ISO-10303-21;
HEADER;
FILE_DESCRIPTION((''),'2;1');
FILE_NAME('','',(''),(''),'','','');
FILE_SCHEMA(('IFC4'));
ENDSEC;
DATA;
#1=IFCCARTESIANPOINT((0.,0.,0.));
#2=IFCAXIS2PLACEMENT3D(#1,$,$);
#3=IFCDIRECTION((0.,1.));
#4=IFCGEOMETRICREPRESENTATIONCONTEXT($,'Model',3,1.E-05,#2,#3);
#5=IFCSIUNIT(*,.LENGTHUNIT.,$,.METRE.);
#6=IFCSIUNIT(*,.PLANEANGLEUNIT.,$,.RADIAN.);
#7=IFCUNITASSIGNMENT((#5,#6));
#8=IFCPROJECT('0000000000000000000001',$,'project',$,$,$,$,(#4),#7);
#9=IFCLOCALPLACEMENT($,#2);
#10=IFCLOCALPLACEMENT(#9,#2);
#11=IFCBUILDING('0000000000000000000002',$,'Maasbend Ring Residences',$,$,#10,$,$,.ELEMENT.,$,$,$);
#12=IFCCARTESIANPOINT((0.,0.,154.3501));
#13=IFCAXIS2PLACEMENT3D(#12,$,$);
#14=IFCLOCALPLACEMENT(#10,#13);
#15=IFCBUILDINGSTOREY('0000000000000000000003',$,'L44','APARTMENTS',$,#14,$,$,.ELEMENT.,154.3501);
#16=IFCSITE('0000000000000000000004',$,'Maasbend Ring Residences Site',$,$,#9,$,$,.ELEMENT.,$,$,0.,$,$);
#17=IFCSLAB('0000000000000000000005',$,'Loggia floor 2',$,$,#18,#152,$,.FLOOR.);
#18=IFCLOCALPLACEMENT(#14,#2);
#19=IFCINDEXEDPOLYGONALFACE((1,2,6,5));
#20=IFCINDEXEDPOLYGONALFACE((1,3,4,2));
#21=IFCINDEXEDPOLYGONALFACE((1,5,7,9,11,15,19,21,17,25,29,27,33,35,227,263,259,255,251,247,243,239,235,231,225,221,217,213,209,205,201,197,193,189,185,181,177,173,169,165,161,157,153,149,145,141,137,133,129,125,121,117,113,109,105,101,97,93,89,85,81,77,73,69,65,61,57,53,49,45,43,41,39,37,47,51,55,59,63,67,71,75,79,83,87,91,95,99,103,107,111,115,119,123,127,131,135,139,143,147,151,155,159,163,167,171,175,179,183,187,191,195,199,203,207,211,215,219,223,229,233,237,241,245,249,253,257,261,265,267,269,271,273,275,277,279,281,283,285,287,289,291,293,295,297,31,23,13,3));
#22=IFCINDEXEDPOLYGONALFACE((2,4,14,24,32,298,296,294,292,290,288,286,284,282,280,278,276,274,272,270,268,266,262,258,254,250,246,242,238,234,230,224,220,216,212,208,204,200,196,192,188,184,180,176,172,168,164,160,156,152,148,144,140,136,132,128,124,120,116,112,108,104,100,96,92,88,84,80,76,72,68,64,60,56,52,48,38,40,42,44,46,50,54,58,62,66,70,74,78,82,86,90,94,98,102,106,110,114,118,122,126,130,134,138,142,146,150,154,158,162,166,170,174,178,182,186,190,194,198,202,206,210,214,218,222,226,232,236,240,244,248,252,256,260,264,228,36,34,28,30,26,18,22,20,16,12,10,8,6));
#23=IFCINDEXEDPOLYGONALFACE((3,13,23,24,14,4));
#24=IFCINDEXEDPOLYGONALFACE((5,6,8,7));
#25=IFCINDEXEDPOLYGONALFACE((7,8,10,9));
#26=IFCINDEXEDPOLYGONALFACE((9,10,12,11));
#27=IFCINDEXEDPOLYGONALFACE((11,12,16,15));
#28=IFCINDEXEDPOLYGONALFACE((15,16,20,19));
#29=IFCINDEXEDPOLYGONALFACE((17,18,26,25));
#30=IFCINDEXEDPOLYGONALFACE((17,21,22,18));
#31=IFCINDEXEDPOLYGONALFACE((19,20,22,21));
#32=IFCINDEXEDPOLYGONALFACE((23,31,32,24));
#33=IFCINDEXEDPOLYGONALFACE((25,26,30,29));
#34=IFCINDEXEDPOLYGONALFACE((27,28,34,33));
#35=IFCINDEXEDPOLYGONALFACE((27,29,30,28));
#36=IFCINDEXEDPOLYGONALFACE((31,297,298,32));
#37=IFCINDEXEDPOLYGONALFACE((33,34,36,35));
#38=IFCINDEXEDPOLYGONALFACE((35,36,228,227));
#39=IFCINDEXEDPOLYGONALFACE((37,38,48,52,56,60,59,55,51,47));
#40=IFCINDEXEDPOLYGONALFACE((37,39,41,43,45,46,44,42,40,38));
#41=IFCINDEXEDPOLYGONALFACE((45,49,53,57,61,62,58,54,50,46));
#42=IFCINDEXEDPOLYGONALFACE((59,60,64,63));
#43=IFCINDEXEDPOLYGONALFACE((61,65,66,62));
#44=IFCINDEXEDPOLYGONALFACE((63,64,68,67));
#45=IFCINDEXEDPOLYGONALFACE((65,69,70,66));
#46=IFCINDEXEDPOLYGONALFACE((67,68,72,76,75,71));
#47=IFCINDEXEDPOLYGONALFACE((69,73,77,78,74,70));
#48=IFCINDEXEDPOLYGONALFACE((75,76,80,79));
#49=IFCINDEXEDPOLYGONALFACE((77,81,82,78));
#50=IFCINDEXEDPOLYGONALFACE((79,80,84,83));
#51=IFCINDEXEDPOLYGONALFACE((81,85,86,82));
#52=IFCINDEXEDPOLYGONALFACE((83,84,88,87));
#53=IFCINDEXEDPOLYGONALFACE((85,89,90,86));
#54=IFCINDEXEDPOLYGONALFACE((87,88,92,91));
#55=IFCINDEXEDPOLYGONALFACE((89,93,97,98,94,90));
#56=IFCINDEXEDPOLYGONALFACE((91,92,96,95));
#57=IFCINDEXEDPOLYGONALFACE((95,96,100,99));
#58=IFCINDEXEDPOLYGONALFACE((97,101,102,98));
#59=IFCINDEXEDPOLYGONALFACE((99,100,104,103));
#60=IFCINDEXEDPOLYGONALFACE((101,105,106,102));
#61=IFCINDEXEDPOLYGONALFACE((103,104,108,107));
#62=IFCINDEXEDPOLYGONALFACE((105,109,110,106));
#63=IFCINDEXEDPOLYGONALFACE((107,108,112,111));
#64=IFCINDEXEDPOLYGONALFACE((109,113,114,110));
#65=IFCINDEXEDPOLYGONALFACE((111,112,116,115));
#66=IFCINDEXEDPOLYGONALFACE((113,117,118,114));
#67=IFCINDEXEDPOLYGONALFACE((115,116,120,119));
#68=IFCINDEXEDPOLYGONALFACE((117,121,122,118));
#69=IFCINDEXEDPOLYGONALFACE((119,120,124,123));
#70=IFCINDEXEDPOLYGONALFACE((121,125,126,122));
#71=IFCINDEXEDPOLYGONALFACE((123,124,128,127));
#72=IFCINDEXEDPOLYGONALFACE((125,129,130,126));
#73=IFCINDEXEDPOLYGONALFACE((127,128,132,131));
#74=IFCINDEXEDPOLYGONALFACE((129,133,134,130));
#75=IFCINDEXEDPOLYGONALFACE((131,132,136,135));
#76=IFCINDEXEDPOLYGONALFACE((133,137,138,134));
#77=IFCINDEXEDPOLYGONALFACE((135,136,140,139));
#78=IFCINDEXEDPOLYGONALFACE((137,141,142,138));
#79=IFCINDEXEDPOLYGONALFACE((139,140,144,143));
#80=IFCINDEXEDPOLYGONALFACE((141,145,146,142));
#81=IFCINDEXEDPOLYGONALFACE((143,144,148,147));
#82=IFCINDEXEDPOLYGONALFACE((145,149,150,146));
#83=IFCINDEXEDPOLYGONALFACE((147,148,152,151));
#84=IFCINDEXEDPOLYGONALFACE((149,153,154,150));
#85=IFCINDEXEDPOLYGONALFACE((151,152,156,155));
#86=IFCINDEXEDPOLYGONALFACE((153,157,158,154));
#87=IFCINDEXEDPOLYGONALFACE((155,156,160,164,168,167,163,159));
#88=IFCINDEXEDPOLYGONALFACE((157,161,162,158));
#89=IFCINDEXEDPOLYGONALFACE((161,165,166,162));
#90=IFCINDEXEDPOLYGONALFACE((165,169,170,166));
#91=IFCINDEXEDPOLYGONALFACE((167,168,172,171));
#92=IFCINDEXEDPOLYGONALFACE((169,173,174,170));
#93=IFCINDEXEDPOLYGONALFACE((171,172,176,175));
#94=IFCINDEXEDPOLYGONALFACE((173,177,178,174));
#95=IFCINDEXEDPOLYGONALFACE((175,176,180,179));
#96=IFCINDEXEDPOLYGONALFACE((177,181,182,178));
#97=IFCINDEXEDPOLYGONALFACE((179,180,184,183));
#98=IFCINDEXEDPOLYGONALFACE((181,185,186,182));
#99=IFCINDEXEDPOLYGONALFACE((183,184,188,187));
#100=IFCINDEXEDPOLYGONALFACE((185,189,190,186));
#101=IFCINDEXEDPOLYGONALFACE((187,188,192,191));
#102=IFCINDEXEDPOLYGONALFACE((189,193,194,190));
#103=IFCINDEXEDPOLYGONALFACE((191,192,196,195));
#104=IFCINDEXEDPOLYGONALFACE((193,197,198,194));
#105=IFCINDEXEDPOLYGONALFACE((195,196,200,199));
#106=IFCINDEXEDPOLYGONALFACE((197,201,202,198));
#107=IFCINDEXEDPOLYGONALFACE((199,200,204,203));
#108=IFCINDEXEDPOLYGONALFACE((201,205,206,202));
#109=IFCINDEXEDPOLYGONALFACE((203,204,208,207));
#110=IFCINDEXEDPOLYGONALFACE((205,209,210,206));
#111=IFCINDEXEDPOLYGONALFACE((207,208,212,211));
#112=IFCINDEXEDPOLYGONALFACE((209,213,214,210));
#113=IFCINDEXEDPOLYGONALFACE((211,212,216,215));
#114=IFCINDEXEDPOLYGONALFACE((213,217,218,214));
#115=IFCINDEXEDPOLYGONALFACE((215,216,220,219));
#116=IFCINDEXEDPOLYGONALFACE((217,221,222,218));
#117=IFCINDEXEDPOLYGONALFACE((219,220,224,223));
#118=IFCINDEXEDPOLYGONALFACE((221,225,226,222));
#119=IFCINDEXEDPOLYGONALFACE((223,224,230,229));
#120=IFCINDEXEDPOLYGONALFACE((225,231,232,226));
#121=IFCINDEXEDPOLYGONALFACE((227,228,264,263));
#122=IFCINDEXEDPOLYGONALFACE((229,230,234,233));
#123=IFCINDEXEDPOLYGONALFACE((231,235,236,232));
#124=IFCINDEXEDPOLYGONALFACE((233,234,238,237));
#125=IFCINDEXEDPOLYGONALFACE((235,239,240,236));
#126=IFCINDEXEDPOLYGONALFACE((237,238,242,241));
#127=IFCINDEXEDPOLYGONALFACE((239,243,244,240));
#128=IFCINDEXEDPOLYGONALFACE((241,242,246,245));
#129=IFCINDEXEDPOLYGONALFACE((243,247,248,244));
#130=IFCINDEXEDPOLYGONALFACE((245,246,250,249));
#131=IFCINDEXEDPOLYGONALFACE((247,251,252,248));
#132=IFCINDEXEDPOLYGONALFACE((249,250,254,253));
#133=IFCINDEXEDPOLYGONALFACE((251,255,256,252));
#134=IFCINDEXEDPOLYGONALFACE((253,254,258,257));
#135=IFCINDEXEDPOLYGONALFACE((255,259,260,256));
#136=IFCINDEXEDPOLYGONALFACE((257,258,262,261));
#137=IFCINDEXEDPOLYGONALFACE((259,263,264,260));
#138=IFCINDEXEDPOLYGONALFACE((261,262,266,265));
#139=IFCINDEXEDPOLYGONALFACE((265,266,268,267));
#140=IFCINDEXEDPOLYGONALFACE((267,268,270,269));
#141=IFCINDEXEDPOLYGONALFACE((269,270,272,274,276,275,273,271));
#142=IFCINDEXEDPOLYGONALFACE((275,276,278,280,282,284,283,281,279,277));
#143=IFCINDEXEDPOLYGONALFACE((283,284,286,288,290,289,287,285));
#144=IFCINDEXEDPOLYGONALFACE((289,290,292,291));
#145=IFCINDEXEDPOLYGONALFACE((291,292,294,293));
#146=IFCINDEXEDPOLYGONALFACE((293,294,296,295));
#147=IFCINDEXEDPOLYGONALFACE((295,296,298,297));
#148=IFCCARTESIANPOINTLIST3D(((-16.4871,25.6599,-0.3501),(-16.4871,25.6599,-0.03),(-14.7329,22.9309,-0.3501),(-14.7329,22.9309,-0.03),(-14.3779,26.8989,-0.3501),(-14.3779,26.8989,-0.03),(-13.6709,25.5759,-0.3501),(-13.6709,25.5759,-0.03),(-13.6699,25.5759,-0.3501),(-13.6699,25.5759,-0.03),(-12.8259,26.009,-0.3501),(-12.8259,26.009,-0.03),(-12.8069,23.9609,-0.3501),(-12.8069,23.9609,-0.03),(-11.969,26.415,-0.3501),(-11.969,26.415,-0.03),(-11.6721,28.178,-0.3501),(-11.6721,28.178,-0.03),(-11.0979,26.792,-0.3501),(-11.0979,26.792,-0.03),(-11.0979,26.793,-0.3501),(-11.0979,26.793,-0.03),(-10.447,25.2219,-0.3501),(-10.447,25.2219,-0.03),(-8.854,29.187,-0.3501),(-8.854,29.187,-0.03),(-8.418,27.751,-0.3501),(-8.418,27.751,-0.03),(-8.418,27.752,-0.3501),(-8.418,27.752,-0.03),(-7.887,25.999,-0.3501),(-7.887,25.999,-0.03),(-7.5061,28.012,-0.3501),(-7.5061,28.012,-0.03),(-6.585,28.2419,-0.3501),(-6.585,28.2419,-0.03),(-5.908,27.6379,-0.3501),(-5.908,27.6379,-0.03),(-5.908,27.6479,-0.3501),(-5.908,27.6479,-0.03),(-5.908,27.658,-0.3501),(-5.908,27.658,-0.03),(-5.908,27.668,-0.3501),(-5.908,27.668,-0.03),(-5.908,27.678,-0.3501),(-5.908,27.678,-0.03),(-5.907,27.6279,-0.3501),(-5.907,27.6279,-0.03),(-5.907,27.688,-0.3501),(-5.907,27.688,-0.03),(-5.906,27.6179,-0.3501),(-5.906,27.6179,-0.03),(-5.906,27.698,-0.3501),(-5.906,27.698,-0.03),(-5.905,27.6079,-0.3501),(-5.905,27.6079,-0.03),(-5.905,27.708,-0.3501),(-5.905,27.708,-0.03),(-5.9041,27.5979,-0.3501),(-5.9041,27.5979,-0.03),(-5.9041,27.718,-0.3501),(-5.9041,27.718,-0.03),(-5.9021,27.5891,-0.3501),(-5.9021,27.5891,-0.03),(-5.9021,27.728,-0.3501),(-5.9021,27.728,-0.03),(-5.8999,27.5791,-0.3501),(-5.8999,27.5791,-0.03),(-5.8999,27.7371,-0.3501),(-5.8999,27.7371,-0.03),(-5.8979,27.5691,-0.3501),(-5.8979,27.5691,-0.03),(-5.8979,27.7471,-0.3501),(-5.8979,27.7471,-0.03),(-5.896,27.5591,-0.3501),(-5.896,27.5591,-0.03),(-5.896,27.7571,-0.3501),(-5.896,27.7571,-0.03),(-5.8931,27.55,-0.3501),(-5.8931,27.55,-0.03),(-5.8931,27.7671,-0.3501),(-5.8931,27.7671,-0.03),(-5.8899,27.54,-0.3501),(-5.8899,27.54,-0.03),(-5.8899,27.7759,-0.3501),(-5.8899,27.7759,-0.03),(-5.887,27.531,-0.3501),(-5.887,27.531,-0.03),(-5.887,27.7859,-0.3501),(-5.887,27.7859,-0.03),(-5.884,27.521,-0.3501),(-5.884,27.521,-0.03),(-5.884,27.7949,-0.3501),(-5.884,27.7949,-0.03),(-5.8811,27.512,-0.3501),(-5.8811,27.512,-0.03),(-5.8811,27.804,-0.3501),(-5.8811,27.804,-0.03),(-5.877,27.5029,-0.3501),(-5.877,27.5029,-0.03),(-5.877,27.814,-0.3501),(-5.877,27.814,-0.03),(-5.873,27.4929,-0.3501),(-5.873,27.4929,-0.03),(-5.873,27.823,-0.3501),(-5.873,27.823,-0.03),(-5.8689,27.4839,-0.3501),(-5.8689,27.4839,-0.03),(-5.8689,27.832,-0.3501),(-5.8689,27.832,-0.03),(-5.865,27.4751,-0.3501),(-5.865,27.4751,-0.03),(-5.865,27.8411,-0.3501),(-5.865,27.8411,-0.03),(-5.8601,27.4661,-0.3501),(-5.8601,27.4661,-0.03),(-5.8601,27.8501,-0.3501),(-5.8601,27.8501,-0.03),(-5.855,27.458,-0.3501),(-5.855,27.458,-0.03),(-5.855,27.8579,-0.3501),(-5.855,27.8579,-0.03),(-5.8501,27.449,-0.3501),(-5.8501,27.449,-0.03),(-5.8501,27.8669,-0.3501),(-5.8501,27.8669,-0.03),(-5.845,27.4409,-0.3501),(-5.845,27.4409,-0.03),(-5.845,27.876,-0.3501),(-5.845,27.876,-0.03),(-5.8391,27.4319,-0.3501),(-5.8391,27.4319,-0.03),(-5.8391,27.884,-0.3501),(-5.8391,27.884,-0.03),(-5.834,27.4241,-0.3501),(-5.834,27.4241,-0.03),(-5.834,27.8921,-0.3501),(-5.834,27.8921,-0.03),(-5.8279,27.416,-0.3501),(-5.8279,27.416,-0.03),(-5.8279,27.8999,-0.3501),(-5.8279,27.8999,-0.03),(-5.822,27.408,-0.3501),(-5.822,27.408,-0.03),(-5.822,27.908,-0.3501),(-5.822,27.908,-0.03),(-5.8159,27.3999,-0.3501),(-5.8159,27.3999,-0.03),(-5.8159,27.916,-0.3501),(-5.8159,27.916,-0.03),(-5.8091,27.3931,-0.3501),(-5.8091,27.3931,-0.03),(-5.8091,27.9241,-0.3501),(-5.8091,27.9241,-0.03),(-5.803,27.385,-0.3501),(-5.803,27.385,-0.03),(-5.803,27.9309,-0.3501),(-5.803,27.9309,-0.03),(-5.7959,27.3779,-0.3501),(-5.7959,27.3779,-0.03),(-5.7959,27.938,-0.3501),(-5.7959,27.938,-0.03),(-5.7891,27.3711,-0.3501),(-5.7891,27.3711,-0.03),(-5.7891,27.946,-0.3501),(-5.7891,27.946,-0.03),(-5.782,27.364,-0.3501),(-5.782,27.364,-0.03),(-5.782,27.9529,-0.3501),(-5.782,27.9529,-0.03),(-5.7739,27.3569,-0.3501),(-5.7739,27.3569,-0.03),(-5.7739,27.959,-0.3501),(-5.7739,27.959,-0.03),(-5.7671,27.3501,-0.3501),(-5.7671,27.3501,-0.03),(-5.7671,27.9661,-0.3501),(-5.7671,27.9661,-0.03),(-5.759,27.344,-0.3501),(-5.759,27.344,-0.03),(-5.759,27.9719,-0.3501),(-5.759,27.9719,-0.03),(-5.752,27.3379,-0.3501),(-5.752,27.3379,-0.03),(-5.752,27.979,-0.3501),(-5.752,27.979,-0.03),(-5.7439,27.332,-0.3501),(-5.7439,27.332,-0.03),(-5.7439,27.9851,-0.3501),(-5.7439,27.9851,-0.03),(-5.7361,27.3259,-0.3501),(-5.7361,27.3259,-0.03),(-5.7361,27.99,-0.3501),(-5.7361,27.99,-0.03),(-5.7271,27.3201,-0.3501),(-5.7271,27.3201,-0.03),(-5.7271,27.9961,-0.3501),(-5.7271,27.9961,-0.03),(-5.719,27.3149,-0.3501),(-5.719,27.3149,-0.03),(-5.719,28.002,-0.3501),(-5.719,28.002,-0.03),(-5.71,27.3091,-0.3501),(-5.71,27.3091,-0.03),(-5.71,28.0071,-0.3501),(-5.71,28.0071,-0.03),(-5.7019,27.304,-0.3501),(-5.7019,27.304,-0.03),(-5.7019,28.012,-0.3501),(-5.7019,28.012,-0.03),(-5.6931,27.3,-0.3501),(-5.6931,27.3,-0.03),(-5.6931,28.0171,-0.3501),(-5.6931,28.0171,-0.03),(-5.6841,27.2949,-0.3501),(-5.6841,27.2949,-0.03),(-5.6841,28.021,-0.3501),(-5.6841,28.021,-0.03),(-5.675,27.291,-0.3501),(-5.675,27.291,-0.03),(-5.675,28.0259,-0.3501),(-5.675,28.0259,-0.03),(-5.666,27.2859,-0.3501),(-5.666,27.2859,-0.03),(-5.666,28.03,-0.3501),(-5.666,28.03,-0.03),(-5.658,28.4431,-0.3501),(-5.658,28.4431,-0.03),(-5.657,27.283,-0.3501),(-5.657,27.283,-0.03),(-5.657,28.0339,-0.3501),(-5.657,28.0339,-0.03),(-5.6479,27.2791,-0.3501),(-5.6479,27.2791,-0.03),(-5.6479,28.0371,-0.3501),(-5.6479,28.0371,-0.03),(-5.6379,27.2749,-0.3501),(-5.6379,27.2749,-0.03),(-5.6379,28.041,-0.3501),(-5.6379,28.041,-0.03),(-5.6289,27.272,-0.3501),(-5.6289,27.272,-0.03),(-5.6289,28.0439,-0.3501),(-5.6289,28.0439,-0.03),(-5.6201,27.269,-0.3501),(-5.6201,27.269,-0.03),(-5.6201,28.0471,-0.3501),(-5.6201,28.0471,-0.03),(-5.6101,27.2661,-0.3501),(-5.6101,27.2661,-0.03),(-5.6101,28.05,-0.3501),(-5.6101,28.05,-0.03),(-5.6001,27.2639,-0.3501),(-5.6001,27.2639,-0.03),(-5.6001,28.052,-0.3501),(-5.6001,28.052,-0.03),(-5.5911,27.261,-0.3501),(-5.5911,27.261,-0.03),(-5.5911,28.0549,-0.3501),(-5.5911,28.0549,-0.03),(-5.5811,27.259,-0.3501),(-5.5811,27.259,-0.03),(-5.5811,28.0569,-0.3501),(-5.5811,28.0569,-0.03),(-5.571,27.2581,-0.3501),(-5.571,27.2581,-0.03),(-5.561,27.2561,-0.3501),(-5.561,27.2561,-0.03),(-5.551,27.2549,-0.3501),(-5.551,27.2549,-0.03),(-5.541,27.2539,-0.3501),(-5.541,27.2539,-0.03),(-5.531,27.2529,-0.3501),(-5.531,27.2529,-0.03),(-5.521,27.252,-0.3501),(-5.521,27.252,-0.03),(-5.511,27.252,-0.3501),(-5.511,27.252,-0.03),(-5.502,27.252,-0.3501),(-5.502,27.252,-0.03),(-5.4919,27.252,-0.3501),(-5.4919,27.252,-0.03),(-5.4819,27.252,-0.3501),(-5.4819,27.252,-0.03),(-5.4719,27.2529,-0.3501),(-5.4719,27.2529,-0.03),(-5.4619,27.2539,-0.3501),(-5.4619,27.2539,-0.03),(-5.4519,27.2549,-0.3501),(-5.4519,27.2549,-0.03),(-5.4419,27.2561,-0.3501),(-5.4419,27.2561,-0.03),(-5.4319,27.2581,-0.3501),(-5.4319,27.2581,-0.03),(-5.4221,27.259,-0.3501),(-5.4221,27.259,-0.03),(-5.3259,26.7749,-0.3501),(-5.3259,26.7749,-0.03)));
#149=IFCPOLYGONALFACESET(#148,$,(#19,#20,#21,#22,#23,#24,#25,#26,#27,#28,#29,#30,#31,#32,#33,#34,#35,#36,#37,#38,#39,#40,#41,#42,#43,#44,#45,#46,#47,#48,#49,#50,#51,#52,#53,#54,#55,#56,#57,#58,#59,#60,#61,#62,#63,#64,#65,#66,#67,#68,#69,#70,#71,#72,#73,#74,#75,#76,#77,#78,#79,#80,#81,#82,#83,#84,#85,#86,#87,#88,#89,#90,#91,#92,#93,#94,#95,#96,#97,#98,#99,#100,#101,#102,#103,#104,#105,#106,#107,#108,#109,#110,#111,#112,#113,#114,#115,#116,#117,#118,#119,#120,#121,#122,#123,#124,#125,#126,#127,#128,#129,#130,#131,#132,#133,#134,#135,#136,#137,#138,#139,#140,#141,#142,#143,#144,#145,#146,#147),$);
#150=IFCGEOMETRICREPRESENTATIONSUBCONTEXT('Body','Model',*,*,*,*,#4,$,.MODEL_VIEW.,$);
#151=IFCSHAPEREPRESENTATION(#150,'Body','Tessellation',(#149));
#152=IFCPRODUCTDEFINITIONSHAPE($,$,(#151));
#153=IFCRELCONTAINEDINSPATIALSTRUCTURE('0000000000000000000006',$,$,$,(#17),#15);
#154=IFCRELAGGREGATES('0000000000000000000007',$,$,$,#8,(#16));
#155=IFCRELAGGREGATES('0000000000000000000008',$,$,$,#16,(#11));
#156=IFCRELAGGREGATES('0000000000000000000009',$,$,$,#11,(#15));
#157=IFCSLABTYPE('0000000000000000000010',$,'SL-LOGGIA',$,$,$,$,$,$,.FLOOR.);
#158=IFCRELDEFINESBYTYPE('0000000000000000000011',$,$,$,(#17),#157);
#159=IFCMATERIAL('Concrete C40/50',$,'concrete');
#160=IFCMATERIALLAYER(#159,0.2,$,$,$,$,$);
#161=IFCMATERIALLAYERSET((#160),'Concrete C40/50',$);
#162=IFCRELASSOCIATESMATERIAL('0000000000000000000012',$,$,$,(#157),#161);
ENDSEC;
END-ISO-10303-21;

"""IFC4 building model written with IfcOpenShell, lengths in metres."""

from ifc_helpers import new_model, si_unit, direction, frame, origin, place, context, subcontext, project, spatial, polyline, outline, extrude, material, layer, layer_set, type_object, element, save


model = new_model("IFC4")

# Units and contexts
model_context = context("Model", 3, precision=1e-05, world=origin(), true_north=direction((0.0, 1.0)))
body_context = subcontext(model_context, "Body", "Model", "MODEL_VIEW")
ifc_project = project(units=[si_unit("LENGTHUNIT", "METRE"), si_unit("PLANEANGLEUNIT", "RADIAN")], contexts=[model_context])

# Site, building, storey
site_placement = place(None, origin())
site = spatial("IfcSite", under=ifc_project, at=site_placement, Name="Maasbend Ring Residences Site", CompositionType="ELEMENT", RefElevation=0.0)
building_placement = place(site_placement, origin())
building = spatial("IfcBuilding", under=site, at=building_placement, Name="Maasbend Ring Residences", CompositionType="ELEMENT")
storey_placement = place(building_placement, frame((0.0, 0.0, 154.3501)))
storey = spatial("IfcBuildingStorey", under=building, at=storey_placement, Name="L44", Description="APARTMENTS", CompositionType="ELEMENT", Elevation=154.3501)

# Slab
ifc_material_1 = material(Name="Concrete C40/50", Category="concrete")
ifc_layer_1 = layer(ifc_material_1, 0.2)
ifc_layer_set_1 = layer_set([ifc_layer_1], Name="Concrete C40/50")
slab_type_1 = type_object("IfcSlabType", Name="SL-LOGGIA", PredefinedType="FLOOR", material=ifc_layer_set_1)
slab_1_placement = place(storey_placement, frame((0.0, 0.0, -0.3501)))
element("IfcSlab", 1, at=slab_1_placement, inside=storey, type_object=slab_type_1, Name="Loggia floor 2", PredefinedType="FLOOR", context=body_context, shape_type="SweptSolid", body=[
    extrude(outline(polyline([(-13.6709, 25.5759), (-13.6709, 25.5759), (-13.6709, 25.5759), (-13.6709, 25.5759), (-13.6709, 25.5759), (-13.6709, 25.5759), (-13.6709, 25.5759), (-13.6699, 25.5759), (-13.6699, 25.5759), (-13.6699, 25.5759), (-13.6699, 25.5759), (-13.6699, 25.5759), (-13.6699, 25.5759), (-13.6699, 25.5759), (-13.6699, 25.5759), (-13.6699, 25.5759), (-13.6699, 25.5759), (-12.8259, 26.009), (-12.8259, 26.009), (-11.969, 26.415), (-11.969, 26.415), (-11.0979, 26.792), (-11.0979, 26.792), (-11.0979, 26.792), (-11.0979, 26.792), (-11.0979, 26.792), (-11.0979, 26.792), (-11.0979, 26.792), (-11.0979, 26.793), (-11.0979, 26.793), (-11.0979, 26.793), (-11.0979, 26.793), (-11.0979, 26.793), (-11.0979, 26.793), (-11.0979, 26.793), (-11.0979, 26.793), (-11.0979, 26.793), (-11.0979, 26.793), (-11.6721, 28.178), (-11.6721, 28.178), (-11.6721, 28.178), (-8.854, 29.187), (-8.854, 29.187), (-8.854, 29.187), (-8.418, 27.752), (-8.418, 27.752), (-8.418, 27.752), (-8.418, 27.752), (-8.418, 27.752), (-8.418, 27.752), (-8.418, 27.752), (-8.418, 27.751), (-8.418, 27.751), (-8.418, 27.751), (-8.418, 27.751), (-8.418, 27.751), (-8.418, 27.751), (-8.418, 27.751), (-8.418, 27.751), (-8.418, 27.751), (-8.418, 27.751), (-7.5061, 28.012), (-7.5061, 28.012), (-6.585, 28.2419), (-6.585, 28.2419), (-5.658, 28.4431), (-5.658, 28.4431), (-5.658, 28.4431), (-5.5811, 28.0569), (-5.5911, 28.0549), (-5.6001, 28.052), (-5.6101, 28.05), (-5.6201, 28.0471), (-5.6289, 28.0439), (-5.6379, 28.041), (-5.6479, 28.0371), (-5.657, 28.0339), (-5.666, 28.03), (-5.675, 28.0259), (-5.6841, 28.021), (-5.6931, 28.0171), (-5.7019, 28.012), (-5.71, 28.0071), (-5.719, 28.002), (-5.7271, 27.9961), (-5.7361, 27.99), (-5.7439, 27.9851), (-5.752, 27.979), (-5.759, 27.9719), (-5.7671, 27.9661), (-5.7739, 27.959), (-5.782, 27.9529), (-5.7891, 27.946), (-5.7959, 27.938), (-5.803, 27.9309), (-5.8091, 27.9241), (-5.8159, 27.916), (-5.822, 27.908), (-5.8279, 27.8999), (-5.834, 27.8921), (-5.8391, 27.884), (-5.845, 27.876), (-5.8501, 27.8669), (-5.855, 27.8579), (-5.8601, 27.8501), (-5.865, 27.8411), (-5.8689, 27.832), (-5.873, 27.823), (-5.877, 27.814), (-5.8811, 27.804), (-5.884, 27.7949), (-5.887, 27.7859), (-5.8899, 27.7759), (-5.8931, 27.7671), (-5.896, 27.7571), (-5.8979, 27.7471), (-5.8999, 27.7371), (-5.9021, 27.728), (-5.9041, 27.718), (-5.905, 27.708), (-5.906, 27.698), (-5.907, 27.688), (-5.908, 27.678), (-5.908, 27.668), (-5.908, 27.658), (-5.908, 27.6479), (-5.908, 27.6379), (-5.907, 27.6279), (-5.906, 27.6179), (-5.905, 27.6079), (-5.9041, 27.5979), (-5.9021, 27.5891), (-5.8999, 27.5791), (-5.8979, 27.5691), (-5.896, 27.5591), (-5.8931, 27.55), (-5.8899, 27.54), (-5.887, 27.531), (-5.884, 27.521), (-5.8811, 27.512), (-5.877, 27.5029), (-5.873, 27.4929), (-5.8689, 27.4839), (-5.865, 27.4751), (-5.8601, 27.4661), (-5.855, 27.458), (-5.8501, 27.449), (-5.845, 27.4409), (-5.8391, 27.4319), (-5.834, 27.4241), (-5.8279, 27.416), (-5.822, 27.408), (-5.8159, 27.3999), (-5.8091, 27.3931), (-5.803, 27.385), (-5.7959, 27.3779), (-5.7891, 27.3711), (-5.782, 27.364), (-5.7739, 27.3569), (-5.7671, 27.3501), (-5.759, 27.344), (-5.752, 27.3379), (-5.7439, 27.332), (-5.7361, 27.3259), (-5.7271, 27.3201), (-5.719, 27.3149), (-5.71, 27.3091), (-5.7019, 27.304), (-5.6931, 27.3), (-5.6841, 27.2949), (-5.675, 27.291), (-5.666, 27.2859), (-5.657, 27.283), (-5.6479, 27.2791), (-5.6379, 27.2749), (-5.6289, 27.272), (-5.6201, 27.269), (-5.6101, 27.2661), (-5.6001, 27.2639), (-5.5911, 27.261), (-5.5811, 27.259), (-5.571, 27.2581), (-5.561, 27.2561), (-5.551, 27.2549), (-5.541, 27.2539), (-5.531, 27.2529), (-5.521, 27.252), (-5.511, 27.252), (-5.502, 27.252), (-5.4919, 27.252), (-5.4819, 27.252), (-5.4719, 27.2529), (-5.4619, 27.2539), (-5.4519, 27.2549), (-5.4419, 27.2561), (-5.4319, 27.2581), (-5.4221, 27.259), (-5.3259, 26.7749), (-5.3259, 26.7749), (-5.3259, 26.7749), (-7.887, 25.999), (-10.447, 25.2219), (-10.447, 25.2219), (-10.447, 25.2219), (-12.8069, 23.9609), (-14.7329, 22.9309), (-14.7329, 22.9309), (-14.7329, 22.9309), (-16.4871, 25.6599), (-16.4871, 25.6599), (-16.4871, 25.6599), (-14.3779, 26.8989), (-14.3779, 26.8989), (-14.3779, 26.8989), (-13.6709, 25.5759)])), origin(), (0.0, 0.0, 1.0), 0.3201),
])

save(model, "model.ifc")
